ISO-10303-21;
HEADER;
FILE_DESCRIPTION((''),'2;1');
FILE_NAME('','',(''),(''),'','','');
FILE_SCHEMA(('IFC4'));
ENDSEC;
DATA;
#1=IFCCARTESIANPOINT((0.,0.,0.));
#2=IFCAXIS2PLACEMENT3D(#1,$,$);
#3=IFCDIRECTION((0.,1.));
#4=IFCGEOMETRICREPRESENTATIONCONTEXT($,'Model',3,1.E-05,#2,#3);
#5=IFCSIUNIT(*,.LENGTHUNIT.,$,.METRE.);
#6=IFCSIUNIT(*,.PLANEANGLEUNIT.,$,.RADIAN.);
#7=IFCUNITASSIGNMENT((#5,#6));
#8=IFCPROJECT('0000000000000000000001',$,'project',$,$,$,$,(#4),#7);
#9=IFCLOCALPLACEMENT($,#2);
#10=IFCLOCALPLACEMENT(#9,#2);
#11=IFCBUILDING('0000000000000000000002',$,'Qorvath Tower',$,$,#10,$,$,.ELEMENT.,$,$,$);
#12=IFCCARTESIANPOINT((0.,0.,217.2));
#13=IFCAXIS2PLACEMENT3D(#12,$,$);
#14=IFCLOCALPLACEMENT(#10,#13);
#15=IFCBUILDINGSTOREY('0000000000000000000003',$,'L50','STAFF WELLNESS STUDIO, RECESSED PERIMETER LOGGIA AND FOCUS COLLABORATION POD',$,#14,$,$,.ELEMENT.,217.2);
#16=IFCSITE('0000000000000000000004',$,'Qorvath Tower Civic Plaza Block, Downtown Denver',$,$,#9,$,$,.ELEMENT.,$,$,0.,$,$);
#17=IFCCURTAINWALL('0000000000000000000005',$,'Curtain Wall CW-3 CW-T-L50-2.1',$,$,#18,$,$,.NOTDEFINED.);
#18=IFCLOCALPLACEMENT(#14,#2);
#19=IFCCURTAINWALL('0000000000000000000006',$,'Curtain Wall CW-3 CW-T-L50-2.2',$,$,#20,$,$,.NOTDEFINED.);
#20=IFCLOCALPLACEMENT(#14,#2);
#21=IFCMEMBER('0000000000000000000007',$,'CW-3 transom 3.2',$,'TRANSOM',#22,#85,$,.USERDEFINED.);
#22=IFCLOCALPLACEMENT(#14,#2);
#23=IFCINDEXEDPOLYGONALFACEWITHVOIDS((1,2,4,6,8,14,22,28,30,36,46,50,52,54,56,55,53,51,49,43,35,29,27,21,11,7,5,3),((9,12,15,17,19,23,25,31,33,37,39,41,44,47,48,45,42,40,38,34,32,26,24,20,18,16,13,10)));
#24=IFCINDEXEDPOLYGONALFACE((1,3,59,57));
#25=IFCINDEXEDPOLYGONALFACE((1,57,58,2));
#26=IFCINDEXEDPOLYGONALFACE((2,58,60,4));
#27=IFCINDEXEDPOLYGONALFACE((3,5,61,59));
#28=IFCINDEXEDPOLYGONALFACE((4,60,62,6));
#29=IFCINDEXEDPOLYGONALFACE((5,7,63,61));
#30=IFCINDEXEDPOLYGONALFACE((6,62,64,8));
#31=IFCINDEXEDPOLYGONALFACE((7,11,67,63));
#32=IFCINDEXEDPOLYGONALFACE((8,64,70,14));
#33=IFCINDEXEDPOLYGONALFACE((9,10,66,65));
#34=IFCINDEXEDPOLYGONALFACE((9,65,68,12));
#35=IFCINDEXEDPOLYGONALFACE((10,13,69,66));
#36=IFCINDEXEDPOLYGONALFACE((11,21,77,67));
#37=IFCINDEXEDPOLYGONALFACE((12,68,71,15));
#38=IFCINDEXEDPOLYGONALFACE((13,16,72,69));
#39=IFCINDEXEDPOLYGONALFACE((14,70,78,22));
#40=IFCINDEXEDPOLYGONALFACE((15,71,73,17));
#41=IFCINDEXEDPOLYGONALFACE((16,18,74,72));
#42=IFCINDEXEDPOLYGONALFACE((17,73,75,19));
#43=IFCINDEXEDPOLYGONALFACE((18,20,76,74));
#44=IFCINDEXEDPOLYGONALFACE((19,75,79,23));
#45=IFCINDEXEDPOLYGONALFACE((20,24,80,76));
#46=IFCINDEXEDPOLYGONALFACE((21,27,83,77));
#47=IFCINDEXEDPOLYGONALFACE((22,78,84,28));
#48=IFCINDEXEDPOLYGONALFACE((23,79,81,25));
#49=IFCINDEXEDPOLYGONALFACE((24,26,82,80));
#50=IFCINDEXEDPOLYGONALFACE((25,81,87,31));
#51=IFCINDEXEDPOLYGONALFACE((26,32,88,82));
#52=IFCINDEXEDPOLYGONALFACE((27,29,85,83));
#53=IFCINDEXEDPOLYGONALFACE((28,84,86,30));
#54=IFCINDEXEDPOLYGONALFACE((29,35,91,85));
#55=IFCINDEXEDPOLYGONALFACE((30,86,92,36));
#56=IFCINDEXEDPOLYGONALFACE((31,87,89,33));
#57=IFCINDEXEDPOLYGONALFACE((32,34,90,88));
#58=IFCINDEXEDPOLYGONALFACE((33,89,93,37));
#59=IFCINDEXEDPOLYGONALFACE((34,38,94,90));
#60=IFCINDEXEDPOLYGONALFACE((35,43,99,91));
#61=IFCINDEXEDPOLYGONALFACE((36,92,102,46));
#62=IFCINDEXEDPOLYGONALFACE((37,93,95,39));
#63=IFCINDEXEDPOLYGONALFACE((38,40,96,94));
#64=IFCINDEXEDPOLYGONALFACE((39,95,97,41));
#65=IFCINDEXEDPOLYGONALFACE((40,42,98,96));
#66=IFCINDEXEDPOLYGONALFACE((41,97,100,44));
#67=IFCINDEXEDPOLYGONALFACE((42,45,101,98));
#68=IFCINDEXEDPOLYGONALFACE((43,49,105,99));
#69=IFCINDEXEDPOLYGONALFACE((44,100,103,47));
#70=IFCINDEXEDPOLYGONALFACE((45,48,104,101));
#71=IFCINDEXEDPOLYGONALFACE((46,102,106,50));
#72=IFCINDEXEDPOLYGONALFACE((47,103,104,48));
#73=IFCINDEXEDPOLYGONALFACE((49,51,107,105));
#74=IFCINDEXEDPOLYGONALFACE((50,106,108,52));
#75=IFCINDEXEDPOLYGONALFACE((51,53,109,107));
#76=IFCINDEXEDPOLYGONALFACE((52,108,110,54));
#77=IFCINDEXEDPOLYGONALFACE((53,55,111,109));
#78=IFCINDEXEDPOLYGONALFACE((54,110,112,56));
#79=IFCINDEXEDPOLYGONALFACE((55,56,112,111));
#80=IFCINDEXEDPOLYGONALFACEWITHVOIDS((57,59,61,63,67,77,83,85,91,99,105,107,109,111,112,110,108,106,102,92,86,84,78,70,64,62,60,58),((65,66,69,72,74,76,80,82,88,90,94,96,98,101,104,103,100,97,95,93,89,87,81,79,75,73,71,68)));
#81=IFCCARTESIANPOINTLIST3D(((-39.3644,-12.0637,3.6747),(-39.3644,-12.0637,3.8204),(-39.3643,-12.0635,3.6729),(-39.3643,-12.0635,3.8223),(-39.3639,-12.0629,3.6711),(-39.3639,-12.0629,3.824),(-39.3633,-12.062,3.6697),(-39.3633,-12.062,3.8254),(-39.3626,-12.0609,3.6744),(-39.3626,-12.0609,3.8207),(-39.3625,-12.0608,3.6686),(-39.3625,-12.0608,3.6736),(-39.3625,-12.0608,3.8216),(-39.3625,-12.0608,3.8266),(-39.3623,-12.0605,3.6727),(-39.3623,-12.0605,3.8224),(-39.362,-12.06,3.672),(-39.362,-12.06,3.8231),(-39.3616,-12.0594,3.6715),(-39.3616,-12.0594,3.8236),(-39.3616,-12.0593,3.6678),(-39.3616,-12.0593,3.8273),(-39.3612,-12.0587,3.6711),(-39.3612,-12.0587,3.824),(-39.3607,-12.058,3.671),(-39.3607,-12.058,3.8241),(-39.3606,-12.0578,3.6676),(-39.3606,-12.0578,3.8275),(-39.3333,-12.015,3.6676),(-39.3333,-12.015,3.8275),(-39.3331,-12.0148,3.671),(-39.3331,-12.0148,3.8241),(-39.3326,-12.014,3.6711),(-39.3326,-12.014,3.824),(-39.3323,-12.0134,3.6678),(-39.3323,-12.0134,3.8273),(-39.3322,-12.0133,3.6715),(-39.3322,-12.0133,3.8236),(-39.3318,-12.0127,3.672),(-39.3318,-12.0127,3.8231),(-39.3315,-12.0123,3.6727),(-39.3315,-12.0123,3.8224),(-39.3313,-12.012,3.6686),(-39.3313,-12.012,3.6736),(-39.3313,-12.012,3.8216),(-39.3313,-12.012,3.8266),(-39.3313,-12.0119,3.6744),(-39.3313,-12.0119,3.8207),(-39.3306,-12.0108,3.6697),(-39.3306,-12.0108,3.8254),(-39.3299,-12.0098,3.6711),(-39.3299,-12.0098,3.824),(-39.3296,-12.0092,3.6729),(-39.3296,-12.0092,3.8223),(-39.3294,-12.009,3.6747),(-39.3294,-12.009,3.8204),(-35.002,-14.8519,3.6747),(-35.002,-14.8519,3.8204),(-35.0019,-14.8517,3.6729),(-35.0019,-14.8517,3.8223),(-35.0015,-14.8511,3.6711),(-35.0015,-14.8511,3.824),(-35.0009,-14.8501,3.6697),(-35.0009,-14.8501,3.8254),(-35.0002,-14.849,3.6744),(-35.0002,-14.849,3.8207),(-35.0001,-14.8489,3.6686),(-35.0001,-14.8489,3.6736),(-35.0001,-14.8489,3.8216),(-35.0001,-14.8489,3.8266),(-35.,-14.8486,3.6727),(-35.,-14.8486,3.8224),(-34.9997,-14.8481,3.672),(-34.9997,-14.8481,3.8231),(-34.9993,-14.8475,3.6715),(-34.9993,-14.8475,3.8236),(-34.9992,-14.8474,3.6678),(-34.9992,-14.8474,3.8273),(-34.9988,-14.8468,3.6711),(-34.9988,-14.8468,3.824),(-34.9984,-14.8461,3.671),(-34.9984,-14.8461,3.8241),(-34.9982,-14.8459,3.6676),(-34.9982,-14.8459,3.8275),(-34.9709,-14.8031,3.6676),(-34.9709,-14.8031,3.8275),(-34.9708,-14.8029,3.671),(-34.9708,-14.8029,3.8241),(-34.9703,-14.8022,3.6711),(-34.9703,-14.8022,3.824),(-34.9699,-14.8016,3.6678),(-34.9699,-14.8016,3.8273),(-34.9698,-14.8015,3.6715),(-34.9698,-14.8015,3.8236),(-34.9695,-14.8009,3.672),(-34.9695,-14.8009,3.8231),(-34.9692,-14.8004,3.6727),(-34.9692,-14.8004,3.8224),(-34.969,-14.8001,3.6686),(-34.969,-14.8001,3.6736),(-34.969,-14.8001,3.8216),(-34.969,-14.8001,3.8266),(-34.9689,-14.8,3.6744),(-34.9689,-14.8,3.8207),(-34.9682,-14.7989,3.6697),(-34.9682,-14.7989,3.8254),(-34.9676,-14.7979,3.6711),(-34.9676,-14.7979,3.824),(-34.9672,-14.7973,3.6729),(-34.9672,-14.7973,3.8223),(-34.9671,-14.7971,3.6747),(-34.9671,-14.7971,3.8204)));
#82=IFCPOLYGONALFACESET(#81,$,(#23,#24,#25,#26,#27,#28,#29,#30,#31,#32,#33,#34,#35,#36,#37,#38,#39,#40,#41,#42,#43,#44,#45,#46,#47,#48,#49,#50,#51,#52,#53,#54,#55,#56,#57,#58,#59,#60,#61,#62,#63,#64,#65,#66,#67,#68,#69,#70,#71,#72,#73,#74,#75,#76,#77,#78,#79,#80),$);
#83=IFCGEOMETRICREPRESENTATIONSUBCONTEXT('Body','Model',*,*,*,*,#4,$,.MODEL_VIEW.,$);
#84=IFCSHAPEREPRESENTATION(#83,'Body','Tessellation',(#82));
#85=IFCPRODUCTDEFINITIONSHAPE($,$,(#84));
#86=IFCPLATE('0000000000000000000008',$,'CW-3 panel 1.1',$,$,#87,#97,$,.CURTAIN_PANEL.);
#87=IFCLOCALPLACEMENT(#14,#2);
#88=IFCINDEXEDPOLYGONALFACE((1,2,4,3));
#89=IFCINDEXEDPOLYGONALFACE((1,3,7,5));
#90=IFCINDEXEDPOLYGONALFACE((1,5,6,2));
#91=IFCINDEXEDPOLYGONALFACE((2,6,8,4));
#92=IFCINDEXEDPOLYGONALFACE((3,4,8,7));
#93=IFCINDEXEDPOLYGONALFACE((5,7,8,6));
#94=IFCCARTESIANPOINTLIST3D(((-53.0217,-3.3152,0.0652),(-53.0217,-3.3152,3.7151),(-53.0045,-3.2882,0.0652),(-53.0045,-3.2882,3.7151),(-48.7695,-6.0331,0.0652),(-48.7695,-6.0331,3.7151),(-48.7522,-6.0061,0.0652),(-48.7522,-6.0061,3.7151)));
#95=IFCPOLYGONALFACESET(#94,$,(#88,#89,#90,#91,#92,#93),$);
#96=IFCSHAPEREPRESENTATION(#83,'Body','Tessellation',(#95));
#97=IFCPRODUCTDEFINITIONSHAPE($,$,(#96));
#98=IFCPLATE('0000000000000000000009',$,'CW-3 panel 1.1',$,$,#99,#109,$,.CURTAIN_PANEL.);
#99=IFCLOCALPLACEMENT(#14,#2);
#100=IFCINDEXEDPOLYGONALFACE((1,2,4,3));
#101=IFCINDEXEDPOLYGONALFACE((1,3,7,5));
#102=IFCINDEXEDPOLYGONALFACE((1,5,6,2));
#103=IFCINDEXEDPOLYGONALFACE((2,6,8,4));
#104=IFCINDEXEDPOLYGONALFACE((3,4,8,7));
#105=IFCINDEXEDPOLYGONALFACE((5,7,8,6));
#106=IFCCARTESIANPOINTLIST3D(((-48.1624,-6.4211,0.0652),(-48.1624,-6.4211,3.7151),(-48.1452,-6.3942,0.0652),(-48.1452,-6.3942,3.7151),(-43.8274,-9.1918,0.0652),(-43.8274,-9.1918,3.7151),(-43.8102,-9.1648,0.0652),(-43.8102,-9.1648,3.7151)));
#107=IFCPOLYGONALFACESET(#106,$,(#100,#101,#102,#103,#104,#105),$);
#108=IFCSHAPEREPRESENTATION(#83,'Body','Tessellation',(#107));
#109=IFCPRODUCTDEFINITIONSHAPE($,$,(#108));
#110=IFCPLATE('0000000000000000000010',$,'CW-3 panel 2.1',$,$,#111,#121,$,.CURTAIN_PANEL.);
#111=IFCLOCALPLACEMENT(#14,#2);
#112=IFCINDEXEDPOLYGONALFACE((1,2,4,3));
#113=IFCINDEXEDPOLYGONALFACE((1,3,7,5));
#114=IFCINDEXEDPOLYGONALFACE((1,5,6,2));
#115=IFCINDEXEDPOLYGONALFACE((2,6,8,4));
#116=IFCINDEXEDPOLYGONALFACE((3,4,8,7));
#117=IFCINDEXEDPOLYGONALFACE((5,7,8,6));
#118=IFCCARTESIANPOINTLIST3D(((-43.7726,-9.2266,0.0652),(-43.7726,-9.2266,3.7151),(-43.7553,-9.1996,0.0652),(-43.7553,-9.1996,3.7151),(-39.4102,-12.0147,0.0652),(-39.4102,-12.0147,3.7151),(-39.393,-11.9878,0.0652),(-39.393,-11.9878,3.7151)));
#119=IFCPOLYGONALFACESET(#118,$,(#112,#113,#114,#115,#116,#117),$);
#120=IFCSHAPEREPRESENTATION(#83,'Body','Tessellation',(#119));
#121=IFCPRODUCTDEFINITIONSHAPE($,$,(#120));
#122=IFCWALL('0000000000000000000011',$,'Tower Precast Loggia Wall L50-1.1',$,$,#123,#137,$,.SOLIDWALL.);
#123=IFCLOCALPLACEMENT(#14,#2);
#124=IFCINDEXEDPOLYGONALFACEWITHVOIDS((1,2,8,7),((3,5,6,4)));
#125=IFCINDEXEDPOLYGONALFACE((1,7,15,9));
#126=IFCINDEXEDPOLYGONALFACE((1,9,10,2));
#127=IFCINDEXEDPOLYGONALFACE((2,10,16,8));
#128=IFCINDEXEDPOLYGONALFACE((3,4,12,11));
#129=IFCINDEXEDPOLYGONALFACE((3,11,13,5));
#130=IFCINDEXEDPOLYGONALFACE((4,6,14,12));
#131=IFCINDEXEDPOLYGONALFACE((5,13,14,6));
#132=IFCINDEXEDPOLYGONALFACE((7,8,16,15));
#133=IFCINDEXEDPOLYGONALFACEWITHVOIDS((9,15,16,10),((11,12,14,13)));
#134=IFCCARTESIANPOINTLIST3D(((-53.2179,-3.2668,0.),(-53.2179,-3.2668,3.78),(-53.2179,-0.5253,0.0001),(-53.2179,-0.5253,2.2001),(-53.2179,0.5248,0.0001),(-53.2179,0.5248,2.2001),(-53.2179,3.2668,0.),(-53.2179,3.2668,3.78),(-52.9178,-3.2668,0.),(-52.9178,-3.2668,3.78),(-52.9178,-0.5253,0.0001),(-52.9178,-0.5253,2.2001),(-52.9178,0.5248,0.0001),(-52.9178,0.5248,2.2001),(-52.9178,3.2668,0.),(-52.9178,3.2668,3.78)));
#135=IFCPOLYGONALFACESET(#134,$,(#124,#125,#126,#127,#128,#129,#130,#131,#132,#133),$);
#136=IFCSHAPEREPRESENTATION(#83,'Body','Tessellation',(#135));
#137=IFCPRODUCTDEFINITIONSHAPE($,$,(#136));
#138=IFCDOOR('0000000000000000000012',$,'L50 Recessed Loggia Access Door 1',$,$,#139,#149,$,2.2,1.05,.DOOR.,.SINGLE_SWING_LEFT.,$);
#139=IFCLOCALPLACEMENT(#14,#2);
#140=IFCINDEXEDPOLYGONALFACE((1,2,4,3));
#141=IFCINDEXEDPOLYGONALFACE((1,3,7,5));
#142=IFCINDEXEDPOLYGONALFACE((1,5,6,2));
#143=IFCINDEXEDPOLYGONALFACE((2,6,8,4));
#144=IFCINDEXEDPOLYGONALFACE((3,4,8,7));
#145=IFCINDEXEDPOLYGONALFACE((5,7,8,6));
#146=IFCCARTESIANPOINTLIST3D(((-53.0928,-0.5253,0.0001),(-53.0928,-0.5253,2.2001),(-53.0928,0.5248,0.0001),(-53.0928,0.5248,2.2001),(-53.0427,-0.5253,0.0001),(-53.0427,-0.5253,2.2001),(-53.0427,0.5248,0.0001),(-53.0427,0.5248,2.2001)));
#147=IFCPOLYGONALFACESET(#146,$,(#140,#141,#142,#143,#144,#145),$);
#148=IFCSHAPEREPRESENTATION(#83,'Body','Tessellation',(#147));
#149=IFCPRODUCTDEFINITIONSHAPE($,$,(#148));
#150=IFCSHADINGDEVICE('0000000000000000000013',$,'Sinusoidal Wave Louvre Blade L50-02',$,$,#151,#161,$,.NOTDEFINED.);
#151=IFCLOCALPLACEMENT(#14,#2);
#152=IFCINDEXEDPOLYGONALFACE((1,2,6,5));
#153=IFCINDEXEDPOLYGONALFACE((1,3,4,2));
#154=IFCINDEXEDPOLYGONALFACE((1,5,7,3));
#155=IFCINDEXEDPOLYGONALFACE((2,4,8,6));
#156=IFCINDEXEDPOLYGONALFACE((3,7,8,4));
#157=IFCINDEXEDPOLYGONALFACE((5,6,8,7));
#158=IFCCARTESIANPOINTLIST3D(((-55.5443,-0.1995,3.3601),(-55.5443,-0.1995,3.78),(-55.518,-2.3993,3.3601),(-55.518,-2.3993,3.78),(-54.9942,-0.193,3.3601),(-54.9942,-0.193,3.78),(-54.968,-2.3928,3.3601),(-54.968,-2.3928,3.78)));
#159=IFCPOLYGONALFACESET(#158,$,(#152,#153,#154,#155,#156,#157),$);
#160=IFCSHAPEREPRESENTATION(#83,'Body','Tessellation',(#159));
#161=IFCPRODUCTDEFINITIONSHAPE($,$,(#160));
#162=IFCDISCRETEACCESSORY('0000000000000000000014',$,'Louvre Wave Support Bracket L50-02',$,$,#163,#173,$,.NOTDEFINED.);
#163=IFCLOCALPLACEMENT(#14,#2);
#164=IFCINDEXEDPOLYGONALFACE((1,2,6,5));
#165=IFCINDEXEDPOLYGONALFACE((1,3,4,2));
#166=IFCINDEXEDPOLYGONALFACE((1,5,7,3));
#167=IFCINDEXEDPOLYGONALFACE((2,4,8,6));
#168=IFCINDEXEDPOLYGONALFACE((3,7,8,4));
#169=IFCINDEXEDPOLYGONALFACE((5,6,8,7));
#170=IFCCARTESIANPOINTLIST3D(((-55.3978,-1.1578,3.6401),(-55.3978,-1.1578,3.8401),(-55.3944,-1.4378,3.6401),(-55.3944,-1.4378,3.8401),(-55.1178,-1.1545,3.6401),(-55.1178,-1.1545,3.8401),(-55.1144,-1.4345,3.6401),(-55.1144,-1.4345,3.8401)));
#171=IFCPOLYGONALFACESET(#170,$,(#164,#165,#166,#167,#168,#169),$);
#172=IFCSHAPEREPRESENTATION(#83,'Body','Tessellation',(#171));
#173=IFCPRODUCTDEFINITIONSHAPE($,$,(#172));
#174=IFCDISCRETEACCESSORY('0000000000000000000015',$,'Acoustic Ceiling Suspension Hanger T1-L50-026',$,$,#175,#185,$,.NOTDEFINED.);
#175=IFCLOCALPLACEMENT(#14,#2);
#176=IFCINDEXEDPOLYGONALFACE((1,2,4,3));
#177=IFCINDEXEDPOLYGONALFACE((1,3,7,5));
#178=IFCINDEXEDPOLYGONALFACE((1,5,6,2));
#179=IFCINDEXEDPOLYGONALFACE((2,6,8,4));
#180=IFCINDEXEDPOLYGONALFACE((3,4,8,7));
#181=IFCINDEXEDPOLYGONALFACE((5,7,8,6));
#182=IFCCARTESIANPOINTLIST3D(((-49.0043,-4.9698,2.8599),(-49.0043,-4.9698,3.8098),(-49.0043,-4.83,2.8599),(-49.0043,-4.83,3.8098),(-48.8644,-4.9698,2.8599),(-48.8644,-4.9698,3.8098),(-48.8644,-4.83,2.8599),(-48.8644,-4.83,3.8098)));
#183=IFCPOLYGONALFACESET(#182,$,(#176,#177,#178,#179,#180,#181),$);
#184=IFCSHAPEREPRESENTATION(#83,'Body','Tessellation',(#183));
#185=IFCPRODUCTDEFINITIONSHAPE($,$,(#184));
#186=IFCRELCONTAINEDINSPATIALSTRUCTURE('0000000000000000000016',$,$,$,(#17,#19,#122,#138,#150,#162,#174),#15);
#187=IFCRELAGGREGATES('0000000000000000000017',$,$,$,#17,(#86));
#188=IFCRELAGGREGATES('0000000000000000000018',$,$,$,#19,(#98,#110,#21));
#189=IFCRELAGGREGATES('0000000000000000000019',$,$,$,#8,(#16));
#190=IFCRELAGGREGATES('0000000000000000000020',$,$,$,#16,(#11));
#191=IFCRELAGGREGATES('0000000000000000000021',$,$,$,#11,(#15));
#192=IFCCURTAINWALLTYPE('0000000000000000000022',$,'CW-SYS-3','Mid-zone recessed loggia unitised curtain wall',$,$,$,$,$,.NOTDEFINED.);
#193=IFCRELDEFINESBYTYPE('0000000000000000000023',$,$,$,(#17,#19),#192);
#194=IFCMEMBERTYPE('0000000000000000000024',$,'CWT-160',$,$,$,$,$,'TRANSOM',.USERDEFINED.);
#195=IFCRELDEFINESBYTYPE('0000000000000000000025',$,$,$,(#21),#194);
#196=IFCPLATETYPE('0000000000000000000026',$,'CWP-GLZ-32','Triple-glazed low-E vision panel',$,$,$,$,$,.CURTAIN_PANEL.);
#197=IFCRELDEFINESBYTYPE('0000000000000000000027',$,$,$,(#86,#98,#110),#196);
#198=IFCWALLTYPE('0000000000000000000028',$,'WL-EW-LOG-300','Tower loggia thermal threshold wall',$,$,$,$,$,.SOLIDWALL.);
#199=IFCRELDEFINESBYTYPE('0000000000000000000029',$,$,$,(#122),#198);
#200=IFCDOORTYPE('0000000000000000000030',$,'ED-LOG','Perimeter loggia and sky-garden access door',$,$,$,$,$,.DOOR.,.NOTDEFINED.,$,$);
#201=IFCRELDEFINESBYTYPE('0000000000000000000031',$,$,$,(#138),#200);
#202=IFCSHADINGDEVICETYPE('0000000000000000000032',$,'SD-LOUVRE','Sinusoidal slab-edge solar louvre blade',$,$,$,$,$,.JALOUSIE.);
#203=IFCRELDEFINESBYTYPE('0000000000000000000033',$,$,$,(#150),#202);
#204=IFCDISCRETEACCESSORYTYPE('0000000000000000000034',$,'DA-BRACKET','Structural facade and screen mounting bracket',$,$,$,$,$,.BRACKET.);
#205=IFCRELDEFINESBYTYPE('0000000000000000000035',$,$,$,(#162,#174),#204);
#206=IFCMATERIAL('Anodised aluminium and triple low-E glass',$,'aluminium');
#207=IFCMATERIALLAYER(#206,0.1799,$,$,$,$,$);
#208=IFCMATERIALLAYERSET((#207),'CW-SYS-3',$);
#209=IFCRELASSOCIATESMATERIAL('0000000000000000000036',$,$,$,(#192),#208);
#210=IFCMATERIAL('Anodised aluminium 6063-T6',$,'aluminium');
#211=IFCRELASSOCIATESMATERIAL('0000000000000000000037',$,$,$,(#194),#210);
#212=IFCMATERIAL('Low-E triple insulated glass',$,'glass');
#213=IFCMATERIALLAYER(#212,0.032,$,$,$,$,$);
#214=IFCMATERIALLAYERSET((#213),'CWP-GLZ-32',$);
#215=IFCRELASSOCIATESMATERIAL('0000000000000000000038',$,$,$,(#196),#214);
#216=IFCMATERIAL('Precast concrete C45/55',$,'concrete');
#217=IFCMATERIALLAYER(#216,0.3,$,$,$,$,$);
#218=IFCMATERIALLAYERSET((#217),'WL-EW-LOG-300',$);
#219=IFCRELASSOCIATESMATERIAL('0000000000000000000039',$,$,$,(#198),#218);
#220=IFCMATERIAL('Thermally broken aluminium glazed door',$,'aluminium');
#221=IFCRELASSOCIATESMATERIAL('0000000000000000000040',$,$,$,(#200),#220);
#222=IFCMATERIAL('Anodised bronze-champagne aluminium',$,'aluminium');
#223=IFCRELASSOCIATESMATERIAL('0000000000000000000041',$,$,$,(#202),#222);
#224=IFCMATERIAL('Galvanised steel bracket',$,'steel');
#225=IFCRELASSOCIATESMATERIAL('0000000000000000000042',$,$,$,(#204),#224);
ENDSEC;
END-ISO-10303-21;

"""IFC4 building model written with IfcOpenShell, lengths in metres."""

from ifc_helpers import new_model, si_unit, direction, frame, frame_2d, origin, origin_2d, place, context, subcontext, project, spatial, rectangle, hollow_rectangle, extrude, material, layer, layer_set, material_profile, profile_set, type_object, element, fill, aggregate, save


model = new_model("IFC4")

# Units and contexts
model_context = context("Model", 3, precision=1e-05, world=origin(), true_north=direction((0.0, 1.0)))
body_context = subcontext(model_context, "Body", "Model", "MODEL_VIEW")
ifc_project = project(units=[si_unit("LENGTHUNIT", "METRE"), si_unit("PLANEANGLEUNIT", "RADIAN")], contexts=[model_context])

# Site, building, storey
site_placement = place(None, origin())
site = spatial("IfcSite", under=ifc_project, at=site_placement, Name="Qorvath Tower Civic Plaza Block, Downtown Denver", CompositionType="ELEMENT", RefElevation=0.0)
building_placement = place(site_placement, origin())
building = spatial("IfcBuilding", under=site, at=building_placement, Name="Qorvath Tower", CompositionType="ELEMENT")
storey_placement = place(building_placement, frame((0.0, 0.0, 217.2)))
storey = spatial("IfcBuildingStorey", under=building, at=storey_placement, Name="L50", Description="STAFF WELLNESS STUDIO, RECESSED PERIMETER LOGGIA AND FOCUS COLLABORATION POD", CompositionType="ELEMENT", Elevation=217.2)

# Curtain walls
ifc_material_1 = material(Name="Anodised aluminium and triple low-E glass", Category="aluminium")
ifc_layer_1 = layer(ifc_material_1, 0.1799)
ifc_layer_set_1 = layer_set([ifc_layer_1], Name="CW-SYS-3")
curtain_wall_type = type_object("IfcCurtainWallType", Name="CW-SYS-3", Description="Mid-zone recessed loggia unitised curtain wall", PredefinedType="NOTDEFINED", material=ifc_layer_set_1)
curtain_wall_1_placement = place(storey_placement, origin())
curtain_wall_1 = element("IfcCurtainWall", 1, at=curtain_wall_1_placement, inside=storey, type_object=curtain_wall_type, Name="Curtain Wall CW-3 CW-T-L50-2.1", PredefinedType="NOTDEFINED")
curtain_wall_2_placement = place(storey_placement, origin())
curtain_wall_2 = element("IfcCurtainWall", 2, at=curtain_wall_2_placement, inside=storey, type_object=curtain_wall_type, Name="Curtain Wall CW-3 CW-T-L50-2.2", PredefinedType="NOTDEFINED")

# Member
ifc_material_2 = material(Name="Anodised aluminium 6063-T6", Category="aluminium")
ifc_material_profile_1 = material_profile(ifc_material_2, hollow_rectangle(XDim=0.0649, YDim=0.1599, WallThickness=0.0034, InnerFilletRadius=0.0034, OuterFilletRadius=0.0071, at=origin_2d()), Name="CWT 160x65")
ifc_profile_set_1 = profile_set([ifc_material_profile_1], Name="Anodised aluminium 6063-T6")
member_type_1 = type_object("IfcMemberType", Name="CWT-160", ElementType="TRANSOM", PredefinedType="USERDEFINED", material=ifc_profile_set_1)
member_1_placement = place(storey_placement, frame((-39.3469, -12.0364, 3.7476), z_axis=(0.842604, -0.538534, 0.0), x_axis=(0.538534, 0.842604, 0.0)))
member_1 = element("IfcMember", 3, at=member_1_placement, type_object=member_type_1, Name="CW-3 transom 3.2", ObjectType="TRANSOM", PredefinedType="USERDEFINED", context=body_context, shape_type="SweptSolid", body=[
    extrude(hollow_rectangle(XDim=0.0649, YDim=0.1599, WallThickness=0.0034, InnerFilletRadius=0.0034, OuterFilletRadius=0.0071, at=origin_2d()), origin(), (0.0, 0.0, 1.0), 5.1772),
])

# Plates
ifc_material_3 = material(Name="Low-E triple insulated glass", Category="glass")
ifc_layer_2 = layer(ifc_material_3, 0.032)
ifc_layer_set_2 = layer_set([ifc_layer_2], Name="CWP-GLZ-32")
plate_type = type_object("IfcPlateType", Name="CWP-GLZ-32", Description="Triple-glazed low-E vision panel", PredefinedType="CURTAIN_PANEL", material=ifc_layer_set_2)
plate_1_placement = place(storey_placement, frame((-50.887, -4.6606, 0.0652), z_axis=(0.0, 0.0, 1.0), x_axis=(0.842592, -0.538553, 0.0)))
plate_1 = element("IfcPlate", 4, at=plate_1_placement, type_object=plate_type, Name="CW-3 panel 1.1", PredefinedType="CURTAIN_PANEL", context=body_context, shape_type="SweptSolid", body=[
    extrude(rectangle(XDim=5.0466, YDim=0.032, at=origin_2d()), origin(), (0.0, 0.0, 1.0), 3.6499),
])
aggregate(curtain_wall_1, [plate_1])
plate_2_placement = place(storey_placement, frame((-45.9863, -7.793, 0.0652), z_axis=(0.0, 0.0, 1.0), x_axis=(0.842603, -0.538535, 0.0)))
plate_2 = element("IfcPlate", 5, at=plate_2_placement, type_object=plate_type, Name="CW-3 panel 1.1", PredefinedType="CURTAIN_PANEL", context=body_context, shape_type="SweptSolid", body=[
    extrude(rectangle(XDim=5.1448, YDim=0.032, at=origin_2d()), origin(), (0.0, 0.0, 1.0), 3.6499),
])
plate_3_placement = place(storey_placement, frame((-41.5828, -10.6072, 0.0652), z_axis=(0.0, 0.0, 1.0), x_axis=(0.842603, -0.538535, 0.0)))
plate_3 = element("IfcPlate", 6, at=plate_3_placement, type_object=plate_type, Name="CW-3 panel 2.1", PredefinedType="CURTAIN_PANEL", context=body_context, shape_type="SweptSolid", body=[
    extrude(rectangle(XDim=5.1772, YDim=0.032, at=origin_2d()), origin(), (0.0, 0.0, 1.0), 3.6499),
])
aggregate(curtain_wall_2, [plate_2, plate_3, member_1])

# Wall, opening, door
ifc_material_4 = material(Name="Precast concrete C45/55", Category="concrete")
ifc_layer_3 = layer(ifc_material_4, 0.3)
ifc_layer_set_3 = layer_set([ifc_layer_3], Name="WL-EW-LOG-300")
wall_type = type_object("IfcWallType", Name="WL-EW-LOG-300", Description="Tower loggia thermal threshold wall", PredefinedType="SOLIDWALL", material=ifc_layer_set_3)
wall_placement = place(storey_placement, frame((-53.0679, -3.2668, 0.0), z_axis=(0.0, 0.0, 1.0), x_axis=(0.0, 1.0, 0.0)))
wall = element("IfcWall", 7, at=wall_placement, inside=storey, type_object=wall_type, Name="Tower Precast Loggia Wall L50-1.1", PredefinedType="SOLIDWALL", context=body_context, shape_type="SweptSolid", body=[
    extrude(rectangle(XDim=6.5337, YDim=0.3, at=frame_2d((3.2668, 0.0))), origin(), (0.0, 0.0, 1.0), 3.78),
])
opening_placement = place(wall_placement, frame((2.7417, 0.0, 0.0)))
opening = element("IfcOpeningElement", 8, at=opening_placement, cuts=wall, PredefinedType="OPENING", context=body_context, shape_type="SweptSolid", body=[
    extrude(rectangle(XDim=1.05, YDim=2.2, at=frame_2d((0.5249, 1.1001))), frame((0.0, 0.1602, 0.0), z_axis=(0.0, -1.0, 0.0), x_axis=(1.0, 0.0, 0.0)), (0.0, 0.0, 1.0), 0.3201),
])
ifc_material_5 = material(Name="Thermally broken aluminium glazed door", Category="aluminium")
door_type = type_object("IfcDoorType", Name="ED-LOG", Description="Perimeter loggia and sky-garden access door", OperationType="NOTDEFINED", PredefinedType="DOOR", material=ifc_material_5)
door_placement = place(opening_placement, origin())
door = element("IfcDoor", 9, at=door_placement, inside=storey, type_object=door_type, Name="L50 Recessed Loggia Access Door 1", OperationType="SINGLE_SWING_LEFT", OverallHeight=2.2, OverallWidth=1.05, PredefinedType="DOOR", context=body_context, shape_type="SweptSolid", body=[
    extrude(rectangle(XDim=1.05, YDim=2.2, at=frame_2d((0.5249, 1.1001))), frame((0.0, 0.0249, 0.0), z_axis=(0.0, -1.0, 0.0), x_axis=(1.0, 0.0, 0.0)), (0.0, 0.0, 1.0), 0.05),
])
fill(opening, door)

# Shading device
ifc_material_6 = material(Name="Anodised bronze-champagne aluminium", Category="aluminium")
shading_device_type = type_object("IfcShadingDeviceType", Name="SD-LOUVRE", Description="Sinusoidal slab-edge solar louvre blade", PredefinedType="JALOUSIE", material=ifc_material_6)
shading_device_placement = place(storey_placement, frame((-55.2561, -1.2961, 3.3601), z_axis=(0.0, 0.0, 1.0), x_axis=(0.011948, -0.999929, 0.0)))
element("IfcShadingDevice", 10, at=shading_device_placement, inside=storey, type_object=shading_device_type, Name="Sinusoidal Wave Louvre Blade L50-02", PredefinedType="NOTDEFINED", context=body_context, shape_type="SweptSolid", body=[
    extrude(rectangle(XDim=2.2, YDim=0.55, at=origin_2d()), origin(), (0.0, 0.0, 1.0), 0.4199),
])

# Discrete accessories
ifc_material_7 = material(Name="Galvanised steel bracket", Category="steel")
discrete_accessory_type = type_object("IfcDiscreteAccessoryType", Name="DA-BRACKET", Description="Structural facade and screen mounting bracket", PredefinedType="BRACKET", material=ifc_material_7)
discrete_accessory_placement = place(storey_placement, frame((-55.2561, -1.2961, 3.6401), z_axis=(0.0, 0.0, 1.0), x_axis=(0.011948, -0.999929, 0.0)))
element("IfcDiscreteAccessory", 11, at=discrete_accessory_placement, inside=storey, type_object=discrete_accessory_type, Name="Louvre Wave Support Bracket L50-02", PredefinedType="NOTDEFINED", context=body_context, shape_type="SweptSolid", body=[
    extrude(rectangle(XDim=0.28, YDim=0.28, at=origin_2d()), origin(), (0.0, 0.0, 1.0), 0.2),
])
for number, where, z_axis, x_axis, name in (
    (12, (-48.9343, -4.8999, 2.8599), (0.0, 0.0, 1.0), (1.0, 0.0, 0.0), "Acoustic Ceiling Suspension Hanger T1-L50-026"),
):
    element("IfcDiscreteAccessory", number, at=place(storey_placement, frame(where, z_axis=z_axis, x_axis=x_axis)), inside=storey, type_object=discrete_accessory_type, Name=name, PredefinedType="NOTDEFINED", context=body_context, shape_type="SweptSolid", body=[
        extrude(rectangle(XDim=0.1399, YDim=0.1399, at=origin_2d()), origin(), (0.0, 0.0, 1.0), 0.95),
    ])

save(model, "model.ifc")
